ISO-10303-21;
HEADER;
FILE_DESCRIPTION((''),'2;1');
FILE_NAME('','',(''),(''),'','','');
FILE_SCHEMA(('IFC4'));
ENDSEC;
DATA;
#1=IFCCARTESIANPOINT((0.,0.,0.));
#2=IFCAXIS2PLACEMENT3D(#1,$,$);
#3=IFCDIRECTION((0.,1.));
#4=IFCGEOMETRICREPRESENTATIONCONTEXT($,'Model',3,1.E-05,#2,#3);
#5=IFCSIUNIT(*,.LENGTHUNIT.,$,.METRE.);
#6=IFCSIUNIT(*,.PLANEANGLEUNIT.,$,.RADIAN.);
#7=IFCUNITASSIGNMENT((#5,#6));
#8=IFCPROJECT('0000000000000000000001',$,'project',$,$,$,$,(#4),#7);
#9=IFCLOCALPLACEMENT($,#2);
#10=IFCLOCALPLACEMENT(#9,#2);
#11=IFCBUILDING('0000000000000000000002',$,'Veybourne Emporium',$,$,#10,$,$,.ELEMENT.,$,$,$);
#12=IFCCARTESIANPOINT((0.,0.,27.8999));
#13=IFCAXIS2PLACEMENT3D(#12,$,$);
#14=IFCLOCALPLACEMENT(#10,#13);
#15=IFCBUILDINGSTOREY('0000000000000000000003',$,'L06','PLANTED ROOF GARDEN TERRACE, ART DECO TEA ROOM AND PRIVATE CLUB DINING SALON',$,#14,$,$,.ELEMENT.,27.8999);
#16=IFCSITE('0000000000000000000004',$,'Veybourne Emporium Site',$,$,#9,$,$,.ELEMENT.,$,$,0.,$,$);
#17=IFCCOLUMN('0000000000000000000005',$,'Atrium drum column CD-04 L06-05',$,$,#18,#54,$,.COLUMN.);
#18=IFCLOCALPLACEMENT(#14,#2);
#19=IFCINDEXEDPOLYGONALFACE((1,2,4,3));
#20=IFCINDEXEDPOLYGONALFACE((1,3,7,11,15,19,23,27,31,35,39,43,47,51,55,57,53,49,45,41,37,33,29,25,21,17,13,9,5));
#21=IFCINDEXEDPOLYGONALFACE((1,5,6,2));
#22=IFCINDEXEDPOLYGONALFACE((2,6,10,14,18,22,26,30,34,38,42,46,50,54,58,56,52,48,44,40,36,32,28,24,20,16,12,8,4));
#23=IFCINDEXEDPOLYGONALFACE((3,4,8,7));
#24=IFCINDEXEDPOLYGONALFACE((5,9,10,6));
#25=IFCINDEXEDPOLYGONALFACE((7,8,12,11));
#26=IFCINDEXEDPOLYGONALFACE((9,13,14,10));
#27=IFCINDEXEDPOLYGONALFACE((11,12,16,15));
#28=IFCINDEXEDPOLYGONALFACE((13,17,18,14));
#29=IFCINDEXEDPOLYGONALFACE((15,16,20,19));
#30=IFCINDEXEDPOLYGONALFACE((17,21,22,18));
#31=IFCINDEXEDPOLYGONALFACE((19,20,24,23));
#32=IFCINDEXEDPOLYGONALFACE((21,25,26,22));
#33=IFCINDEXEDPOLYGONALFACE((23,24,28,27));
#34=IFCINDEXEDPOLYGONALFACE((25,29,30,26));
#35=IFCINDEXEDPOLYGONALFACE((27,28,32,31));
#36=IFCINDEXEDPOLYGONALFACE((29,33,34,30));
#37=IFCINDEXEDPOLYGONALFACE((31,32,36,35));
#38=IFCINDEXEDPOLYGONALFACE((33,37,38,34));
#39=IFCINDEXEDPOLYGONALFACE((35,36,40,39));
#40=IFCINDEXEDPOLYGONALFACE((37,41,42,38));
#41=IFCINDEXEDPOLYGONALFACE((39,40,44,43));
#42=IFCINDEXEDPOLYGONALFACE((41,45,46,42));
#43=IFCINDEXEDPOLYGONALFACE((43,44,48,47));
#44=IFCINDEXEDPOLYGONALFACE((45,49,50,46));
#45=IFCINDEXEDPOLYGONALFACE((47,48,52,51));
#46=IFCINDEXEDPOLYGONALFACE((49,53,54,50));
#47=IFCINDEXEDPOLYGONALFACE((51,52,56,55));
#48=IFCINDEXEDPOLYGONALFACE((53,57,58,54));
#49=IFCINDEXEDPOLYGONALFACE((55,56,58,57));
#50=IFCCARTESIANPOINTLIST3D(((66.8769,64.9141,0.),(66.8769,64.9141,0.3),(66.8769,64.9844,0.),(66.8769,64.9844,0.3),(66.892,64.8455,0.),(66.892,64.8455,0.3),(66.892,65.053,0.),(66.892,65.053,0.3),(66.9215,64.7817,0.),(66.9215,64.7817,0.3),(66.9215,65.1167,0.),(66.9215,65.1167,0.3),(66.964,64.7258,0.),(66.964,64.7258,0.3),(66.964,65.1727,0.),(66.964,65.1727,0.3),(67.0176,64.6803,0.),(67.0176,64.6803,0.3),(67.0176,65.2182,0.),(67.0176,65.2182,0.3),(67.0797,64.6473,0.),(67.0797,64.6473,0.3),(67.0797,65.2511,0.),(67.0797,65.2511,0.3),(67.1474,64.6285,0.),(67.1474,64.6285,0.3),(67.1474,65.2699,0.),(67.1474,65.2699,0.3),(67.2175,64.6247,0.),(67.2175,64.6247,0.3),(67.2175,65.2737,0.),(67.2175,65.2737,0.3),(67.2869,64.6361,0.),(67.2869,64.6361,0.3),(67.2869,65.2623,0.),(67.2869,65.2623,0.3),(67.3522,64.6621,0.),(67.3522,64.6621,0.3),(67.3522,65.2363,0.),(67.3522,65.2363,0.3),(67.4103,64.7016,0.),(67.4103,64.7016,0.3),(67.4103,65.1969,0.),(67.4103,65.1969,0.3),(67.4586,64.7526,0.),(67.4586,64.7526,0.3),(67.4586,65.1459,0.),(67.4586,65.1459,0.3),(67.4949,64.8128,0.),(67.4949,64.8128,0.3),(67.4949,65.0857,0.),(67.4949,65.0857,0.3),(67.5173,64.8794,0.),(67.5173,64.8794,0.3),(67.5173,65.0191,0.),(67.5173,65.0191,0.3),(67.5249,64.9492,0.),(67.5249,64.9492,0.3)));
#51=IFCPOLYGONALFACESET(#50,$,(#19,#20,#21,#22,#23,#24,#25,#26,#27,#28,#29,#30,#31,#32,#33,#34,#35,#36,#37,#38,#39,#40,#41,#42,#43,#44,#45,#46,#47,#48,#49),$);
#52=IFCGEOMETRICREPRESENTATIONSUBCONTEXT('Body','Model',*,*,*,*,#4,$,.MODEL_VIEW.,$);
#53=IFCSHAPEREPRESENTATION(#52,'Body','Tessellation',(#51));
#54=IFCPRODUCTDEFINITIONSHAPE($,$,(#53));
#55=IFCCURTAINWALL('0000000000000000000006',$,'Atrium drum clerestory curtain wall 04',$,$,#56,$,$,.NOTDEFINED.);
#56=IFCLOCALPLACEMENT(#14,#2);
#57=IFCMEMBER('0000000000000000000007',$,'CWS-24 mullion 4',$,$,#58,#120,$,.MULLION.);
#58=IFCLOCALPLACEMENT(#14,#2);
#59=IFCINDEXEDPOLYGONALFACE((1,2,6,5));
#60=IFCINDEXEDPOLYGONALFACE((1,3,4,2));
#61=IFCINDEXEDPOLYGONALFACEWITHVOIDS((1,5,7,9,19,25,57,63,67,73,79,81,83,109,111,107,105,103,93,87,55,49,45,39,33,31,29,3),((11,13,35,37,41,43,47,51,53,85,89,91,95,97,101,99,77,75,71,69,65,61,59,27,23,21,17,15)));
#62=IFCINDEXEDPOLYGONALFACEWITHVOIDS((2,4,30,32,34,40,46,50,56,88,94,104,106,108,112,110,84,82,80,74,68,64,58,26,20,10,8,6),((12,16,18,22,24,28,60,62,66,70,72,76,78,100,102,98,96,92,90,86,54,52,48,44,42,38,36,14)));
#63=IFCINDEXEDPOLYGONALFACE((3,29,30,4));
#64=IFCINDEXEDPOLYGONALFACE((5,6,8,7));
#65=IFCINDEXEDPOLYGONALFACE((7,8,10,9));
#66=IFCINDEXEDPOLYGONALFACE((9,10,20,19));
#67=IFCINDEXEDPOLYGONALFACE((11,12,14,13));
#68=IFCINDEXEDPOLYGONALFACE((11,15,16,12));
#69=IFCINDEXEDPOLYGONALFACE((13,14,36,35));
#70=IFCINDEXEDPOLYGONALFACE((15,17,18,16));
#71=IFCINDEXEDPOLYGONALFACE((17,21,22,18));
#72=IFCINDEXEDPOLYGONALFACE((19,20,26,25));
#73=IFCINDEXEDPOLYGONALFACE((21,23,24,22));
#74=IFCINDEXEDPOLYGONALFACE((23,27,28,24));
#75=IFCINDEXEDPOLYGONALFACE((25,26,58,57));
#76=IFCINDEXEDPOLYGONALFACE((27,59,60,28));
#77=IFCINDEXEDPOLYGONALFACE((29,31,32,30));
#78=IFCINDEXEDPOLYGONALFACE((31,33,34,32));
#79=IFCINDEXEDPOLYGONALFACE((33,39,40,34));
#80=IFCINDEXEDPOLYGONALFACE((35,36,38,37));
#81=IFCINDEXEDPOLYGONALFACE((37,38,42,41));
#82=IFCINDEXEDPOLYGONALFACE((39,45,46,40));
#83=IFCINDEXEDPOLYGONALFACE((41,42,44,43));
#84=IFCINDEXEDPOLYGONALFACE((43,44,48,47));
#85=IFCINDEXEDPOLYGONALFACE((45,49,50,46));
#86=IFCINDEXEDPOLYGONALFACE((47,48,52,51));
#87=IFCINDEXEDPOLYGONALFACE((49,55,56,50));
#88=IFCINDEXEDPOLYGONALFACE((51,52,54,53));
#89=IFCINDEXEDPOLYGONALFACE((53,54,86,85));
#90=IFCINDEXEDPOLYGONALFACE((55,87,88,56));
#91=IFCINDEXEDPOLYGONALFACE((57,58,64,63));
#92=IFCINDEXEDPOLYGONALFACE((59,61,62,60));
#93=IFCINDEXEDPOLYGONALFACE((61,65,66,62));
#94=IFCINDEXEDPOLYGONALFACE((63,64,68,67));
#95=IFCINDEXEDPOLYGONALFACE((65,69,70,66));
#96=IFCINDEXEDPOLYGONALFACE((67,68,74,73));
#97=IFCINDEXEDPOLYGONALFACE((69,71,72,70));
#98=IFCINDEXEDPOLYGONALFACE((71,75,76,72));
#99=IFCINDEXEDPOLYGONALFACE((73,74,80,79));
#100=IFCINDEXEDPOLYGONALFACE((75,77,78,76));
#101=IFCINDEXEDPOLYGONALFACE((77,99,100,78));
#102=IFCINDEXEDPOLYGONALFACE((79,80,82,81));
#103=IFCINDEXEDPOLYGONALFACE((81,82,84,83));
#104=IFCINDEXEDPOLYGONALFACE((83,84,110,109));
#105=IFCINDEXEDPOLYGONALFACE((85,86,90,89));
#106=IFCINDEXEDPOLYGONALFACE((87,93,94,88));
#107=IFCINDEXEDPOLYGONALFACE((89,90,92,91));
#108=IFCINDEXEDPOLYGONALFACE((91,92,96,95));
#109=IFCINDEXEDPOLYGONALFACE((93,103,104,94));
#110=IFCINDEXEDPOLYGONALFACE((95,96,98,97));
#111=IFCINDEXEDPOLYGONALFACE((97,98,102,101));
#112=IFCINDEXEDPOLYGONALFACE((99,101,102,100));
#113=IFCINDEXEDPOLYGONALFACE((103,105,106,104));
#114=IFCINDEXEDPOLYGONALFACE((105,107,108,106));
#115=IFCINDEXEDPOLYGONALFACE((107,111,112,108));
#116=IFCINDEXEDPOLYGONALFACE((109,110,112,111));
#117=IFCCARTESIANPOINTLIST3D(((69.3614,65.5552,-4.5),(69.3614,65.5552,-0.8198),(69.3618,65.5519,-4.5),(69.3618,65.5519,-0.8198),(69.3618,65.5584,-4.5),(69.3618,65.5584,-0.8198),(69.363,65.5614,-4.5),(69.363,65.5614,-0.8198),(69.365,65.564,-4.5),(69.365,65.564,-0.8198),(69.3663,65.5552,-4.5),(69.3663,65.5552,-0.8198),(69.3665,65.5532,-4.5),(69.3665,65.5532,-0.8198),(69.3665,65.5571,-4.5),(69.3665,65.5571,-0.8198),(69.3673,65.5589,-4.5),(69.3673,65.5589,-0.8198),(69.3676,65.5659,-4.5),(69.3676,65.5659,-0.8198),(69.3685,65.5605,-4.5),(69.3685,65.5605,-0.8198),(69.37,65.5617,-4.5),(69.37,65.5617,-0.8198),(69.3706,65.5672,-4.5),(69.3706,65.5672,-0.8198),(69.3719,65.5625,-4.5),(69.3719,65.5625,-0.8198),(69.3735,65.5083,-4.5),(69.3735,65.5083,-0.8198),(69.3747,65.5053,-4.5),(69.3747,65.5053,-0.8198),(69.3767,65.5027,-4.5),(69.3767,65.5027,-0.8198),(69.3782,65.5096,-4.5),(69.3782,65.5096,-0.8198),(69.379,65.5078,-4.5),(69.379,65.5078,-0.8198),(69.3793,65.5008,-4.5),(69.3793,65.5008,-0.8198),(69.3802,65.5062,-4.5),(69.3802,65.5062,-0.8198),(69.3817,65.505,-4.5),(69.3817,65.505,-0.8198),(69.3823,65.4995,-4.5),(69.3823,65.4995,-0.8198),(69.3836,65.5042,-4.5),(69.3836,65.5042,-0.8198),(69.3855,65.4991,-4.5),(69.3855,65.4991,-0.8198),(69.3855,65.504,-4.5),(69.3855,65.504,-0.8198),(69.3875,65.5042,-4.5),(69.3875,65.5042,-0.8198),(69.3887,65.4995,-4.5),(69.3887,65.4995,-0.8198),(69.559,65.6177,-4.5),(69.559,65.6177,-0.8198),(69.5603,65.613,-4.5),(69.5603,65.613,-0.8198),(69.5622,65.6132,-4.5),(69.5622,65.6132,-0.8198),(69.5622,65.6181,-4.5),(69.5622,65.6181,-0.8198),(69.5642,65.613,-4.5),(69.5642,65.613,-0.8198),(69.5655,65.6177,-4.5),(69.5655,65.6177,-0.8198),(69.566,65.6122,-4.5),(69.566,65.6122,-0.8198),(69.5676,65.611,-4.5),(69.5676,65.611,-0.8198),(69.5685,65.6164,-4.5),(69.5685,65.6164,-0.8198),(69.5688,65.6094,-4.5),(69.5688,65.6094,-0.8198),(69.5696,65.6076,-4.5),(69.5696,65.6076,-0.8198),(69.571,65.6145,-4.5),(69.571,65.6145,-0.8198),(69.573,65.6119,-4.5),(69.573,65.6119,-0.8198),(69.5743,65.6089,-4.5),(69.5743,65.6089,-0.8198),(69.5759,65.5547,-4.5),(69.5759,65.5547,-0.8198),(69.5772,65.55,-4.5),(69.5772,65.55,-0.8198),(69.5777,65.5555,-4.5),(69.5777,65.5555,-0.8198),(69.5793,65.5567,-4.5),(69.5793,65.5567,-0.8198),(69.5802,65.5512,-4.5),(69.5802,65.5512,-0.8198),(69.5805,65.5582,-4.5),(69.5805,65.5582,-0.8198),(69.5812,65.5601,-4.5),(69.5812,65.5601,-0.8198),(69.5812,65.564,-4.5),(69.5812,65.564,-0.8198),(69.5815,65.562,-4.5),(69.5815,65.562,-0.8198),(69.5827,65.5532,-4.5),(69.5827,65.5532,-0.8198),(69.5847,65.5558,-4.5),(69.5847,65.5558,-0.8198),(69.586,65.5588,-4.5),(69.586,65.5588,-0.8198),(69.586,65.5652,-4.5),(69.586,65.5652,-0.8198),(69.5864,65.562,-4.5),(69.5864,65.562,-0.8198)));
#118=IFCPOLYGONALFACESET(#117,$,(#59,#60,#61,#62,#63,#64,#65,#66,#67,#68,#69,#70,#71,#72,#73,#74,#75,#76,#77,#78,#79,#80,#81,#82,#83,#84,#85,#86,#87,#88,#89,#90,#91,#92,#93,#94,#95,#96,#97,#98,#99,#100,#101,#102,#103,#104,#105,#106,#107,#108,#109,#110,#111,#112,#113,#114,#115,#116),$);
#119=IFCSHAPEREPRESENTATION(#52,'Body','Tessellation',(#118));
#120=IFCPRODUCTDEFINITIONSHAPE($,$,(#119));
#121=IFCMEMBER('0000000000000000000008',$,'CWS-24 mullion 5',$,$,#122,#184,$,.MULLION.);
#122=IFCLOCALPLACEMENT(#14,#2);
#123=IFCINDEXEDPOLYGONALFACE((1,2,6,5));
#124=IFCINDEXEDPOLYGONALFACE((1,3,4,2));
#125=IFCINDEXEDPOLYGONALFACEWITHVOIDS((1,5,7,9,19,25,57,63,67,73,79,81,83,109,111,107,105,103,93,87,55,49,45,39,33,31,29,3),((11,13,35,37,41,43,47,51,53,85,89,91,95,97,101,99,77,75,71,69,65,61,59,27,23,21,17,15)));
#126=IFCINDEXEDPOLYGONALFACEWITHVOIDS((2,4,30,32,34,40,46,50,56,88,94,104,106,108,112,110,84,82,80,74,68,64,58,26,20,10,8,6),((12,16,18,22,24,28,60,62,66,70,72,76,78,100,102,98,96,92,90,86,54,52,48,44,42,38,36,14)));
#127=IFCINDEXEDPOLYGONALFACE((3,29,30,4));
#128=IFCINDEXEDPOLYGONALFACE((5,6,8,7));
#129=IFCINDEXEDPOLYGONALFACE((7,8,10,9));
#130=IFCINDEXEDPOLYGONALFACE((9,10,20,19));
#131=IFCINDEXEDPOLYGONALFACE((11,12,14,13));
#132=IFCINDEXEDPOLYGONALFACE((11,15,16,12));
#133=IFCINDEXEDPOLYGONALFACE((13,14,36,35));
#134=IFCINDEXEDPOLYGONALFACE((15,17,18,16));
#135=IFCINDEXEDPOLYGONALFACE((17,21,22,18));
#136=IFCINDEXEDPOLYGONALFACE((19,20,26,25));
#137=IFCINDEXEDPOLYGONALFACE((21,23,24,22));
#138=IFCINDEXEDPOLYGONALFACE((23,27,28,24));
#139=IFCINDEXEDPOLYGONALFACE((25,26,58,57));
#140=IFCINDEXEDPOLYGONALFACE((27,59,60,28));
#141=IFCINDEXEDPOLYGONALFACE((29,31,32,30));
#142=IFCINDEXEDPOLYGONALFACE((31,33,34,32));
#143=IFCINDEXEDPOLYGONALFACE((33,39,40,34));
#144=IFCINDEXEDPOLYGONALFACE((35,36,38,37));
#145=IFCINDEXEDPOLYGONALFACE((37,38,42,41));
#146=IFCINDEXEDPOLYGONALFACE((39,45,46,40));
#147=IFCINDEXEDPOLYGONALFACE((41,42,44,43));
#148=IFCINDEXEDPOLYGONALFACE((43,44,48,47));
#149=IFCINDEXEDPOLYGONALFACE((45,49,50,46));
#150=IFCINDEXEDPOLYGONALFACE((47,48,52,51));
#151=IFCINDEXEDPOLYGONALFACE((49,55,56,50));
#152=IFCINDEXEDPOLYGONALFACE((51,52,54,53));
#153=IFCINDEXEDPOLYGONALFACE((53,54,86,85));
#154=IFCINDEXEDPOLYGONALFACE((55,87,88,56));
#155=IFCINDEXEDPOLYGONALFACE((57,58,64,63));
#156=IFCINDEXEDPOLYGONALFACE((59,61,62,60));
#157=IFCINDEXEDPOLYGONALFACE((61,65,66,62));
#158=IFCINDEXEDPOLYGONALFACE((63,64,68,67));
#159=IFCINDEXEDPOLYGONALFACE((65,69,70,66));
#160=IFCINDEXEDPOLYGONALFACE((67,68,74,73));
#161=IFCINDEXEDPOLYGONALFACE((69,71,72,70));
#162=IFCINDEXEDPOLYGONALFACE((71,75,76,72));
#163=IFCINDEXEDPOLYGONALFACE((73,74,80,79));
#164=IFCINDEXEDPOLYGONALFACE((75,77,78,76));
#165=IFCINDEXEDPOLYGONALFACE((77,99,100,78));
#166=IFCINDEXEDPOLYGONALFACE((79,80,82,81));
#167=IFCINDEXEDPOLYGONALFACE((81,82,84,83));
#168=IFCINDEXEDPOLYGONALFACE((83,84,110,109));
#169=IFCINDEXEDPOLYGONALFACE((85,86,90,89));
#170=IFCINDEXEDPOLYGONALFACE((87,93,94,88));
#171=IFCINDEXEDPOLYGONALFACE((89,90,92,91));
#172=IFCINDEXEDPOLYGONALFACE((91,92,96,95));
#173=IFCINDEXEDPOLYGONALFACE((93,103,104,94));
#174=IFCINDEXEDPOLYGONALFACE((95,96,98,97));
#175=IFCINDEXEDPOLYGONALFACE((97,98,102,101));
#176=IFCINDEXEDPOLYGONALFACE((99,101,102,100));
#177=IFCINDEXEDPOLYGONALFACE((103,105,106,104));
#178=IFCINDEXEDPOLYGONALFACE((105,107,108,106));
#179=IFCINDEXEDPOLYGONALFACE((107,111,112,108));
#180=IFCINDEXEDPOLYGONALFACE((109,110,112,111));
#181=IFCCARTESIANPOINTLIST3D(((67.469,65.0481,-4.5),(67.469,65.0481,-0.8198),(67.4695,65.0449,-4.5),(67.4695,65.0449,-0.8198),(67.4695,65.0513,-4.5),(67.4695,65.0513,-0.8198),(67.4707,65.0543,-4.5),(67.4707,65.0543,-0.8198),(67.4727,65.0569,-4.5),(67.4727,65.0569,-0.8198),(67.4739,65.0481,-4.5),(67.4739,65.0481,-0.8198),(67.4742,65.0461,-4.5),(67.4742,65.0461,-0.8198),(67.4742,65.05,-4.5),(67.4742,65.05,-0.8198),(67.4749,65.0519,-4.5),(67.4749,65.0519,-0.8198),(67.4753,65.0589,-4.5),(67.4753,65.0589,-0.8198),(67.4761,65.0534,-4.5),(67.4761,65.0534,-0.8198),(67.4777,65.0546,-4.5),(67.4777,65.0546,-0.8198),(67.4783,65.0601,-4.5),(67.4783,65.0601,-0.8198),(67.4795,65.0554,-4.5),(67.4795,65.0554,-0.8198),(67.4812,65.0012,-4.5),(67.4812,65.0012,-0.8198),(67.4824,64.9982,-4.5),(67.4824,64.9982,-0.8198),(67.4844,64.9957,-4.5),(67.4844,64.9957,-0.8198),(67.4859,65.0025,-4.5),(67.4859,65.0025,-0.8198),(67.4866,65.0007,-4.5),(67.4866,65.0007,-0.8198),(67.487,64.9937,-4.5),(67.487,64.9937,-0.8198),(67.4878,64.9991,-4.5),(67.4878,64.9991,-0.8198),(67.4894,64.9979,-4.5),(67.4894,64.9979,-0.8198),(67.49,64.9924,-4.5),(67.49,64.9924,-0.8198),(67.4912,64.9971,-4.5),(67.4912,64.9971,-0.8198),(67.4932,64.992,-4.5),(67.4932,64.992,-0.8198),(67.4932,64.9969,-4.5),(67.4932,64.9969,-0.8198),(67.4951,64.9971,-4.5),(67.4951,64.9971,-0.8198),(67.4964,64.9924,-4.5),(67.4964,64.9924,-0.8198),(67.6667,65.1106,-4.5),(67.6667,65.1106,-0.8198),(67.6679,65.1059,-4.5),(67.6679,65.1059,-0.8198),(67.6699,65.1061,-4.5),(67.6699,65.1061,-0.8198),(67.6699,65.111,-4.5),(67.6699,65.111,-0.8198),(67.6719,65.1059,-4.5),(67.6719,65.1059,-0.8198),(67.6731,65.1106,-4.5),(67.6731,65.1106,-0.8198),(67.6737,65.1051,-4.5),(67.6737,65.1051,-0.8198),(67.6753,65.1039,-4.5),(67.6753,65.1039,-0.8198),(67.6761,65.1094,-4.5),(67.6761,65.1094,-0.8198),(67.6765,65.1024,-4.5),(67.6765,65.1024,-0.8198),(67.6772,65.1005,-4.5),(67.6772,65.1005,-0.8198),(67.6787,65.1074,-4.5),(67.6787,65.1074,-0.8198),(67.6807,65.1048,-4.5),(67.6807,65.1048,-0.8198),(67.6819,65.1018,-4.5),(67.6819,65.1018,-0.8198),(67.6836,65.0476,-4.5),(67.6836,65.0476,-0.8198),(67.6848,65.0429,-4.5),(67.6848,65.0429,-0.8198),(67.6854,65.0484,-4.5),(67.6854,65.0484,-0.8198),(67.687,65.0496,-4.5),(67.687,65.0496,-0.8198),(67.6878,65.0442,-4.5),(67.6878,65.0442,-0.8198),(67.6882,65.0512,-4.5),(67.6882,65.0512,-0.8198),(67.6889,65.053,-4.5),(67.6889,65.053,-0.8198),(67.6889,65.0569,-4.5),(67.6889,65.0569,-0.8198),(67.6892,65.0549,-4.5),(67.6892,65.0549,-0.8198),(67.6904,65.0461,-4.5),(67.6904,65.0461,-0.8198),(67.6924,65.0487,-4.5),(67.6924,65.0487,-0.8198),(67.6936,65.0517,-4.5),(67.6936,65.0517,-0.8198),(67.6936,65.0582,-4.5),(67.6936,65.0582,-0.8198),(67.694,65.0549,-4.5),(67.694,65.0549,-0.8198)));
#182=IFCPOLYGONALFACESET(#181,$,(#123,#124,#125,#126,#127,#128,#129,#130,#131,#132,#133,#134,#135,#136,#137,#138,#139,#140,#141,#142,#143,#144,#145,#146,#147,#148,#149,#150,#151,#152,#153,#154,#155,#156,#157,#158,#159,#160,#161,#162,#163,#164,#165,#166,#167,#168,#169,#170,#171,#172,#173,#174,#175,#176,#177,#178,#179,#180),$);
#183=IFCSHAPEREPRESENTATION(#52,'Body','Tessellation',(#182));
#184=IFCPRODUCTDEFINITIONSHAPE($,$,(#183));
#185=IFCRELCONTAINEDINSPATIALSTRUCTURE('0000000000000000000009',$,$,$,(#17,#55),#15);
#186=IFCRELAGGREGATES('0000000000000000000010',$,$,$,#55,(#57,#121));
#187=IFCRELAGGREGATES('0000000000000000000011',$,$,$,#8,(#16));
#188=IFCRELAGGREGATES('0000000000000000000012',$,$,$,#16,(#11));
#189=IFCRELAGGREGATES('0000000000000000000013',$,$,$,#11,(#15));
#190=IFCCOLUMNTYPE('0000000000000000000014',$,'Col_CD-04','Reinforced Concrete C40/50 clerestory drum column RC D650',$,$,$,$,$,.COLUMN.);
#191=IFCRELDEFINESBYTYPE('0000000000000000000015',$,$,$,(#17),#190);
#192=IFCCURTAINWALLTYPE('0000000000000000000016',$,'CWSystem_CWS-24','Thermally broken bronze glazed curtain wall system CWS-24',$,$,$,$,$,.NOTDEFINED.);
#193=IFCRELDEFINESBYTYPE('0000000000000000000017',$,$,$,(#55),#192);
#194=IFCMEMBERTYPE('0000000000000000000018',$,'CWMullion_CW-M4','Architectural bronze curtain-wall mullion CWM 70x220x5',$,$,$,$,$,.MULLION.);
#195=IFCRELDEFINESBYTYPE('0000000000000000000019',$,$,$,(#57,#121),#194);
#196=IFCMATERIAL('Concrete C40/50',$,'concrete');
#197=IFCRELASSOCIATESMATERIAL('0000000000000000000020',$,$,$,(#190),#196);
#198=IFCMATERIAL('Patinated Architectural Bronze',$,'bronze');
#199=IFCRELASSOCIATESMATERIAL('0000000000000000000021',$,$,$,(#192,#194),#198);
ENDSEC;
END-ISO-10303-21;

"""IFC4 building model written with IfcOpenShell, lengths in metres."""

from ifc_helpers import new_model, si_unit, direction, frame, origin, origin_2d, place, context, subcontext, project, spatial, hollow_rectangle, circle, extrude, material, material_profile, profile_set, type_object, element, aggregate, save


model = new_model("IFC4")

# Units and contexts
model_context = context("Model", 3, precision=1e-05, world=origin(), true_north=direction((0.0, 1.0)))
body_context = subcontext(model_context, "Body", "Model", "MODEL_VIEW")
ifc_project = project(units=[si_unit("LENGTHUNIT", "METRE"), si_unit("PLANEANGLEUNIT", "RADIAN")], contexts=[model_context])

# Site, building, storey
site_placement = place(None, origin())
site = spatial("IfcSite", under=ifc_project, at=site_placement, Name="Veybourne Emporium Site", CompositionType="ELEMENT", RefElevation=0.0)
building_placement = place(site_placement, origin())
building = spatial("IfcBuilding", under=site, at=building_placement, Name="Veybourne Emporium", CompositionType="ELEMENT")
storey_placement = place(building_placement, frame((0.0, 0.0, 27.8999)))
storey = spatial("IfcBuildingStorey", under=building, at=storey_placement, Name="L06", Description="PLANTED ROOF GARDEN TERRACE, ART DECO TEA ROOM AND PRIVATE CLUB DINING SALON", CompositionType="ELEMENT", Elevation=27.8999)

# Column
ifc_material_1 = material(Name="Concrete C40/50", Category="concrete")
ifc_material_profile_1 = material_profile(ifc_material_1, circle(Radius=0.325, at=origin_2d()), Name="RC D650")
ifc_profile_set_1 = profile_set([ifc_material_profile_1], Name="Concrete C40/50")
column_type = type_object("IfcColumnType", Name="Col_CD-04", Description="Reinforced Concrete C40/50 clerestory drum column RC D650", PredefinedType="COLUMN", material=ifc_profile_set_1)
column_placement = place(storey_placement, frame((67.2, 64.9492, 0.0), z_axis=(0.0, 0.0, 1.0), x_axis=(1.0, 0.0, 0.0)))
element("IfcColumn", 1, at=column_placement, inside=storey, type_object=column_type, Name="Atrium drum column CD-04 L06-05", PredefinedType="COLUMN", context=body_context, shape_type="SweptSolid", body=[
    extrude(circle(Radius=0.325, at=origin_2d()), origin(), (0.0, 0.0, 1.0), 0.3),
])

# Curtain wall, members
ifc_material_2 = material(Name="Patinated Architectural Bronze", Category="bronze")
curtain_wall_type_1 = type_object("IfcCurtainWallType", Name="CWSystem_CWS-24", Description="Thermally broken bronze glazed curtain wall system CWS-24", PredefinedType="NOTDEFINED", material=ifc_material_2)
curtain_wall_1_placement = place(storey_placement, origin())
curtain_wall_1 = element("IfcCurtainWall", 2, at=curtain_wall_1_placement, inside=storey, type_object=curtain_wall_type_1, Name="Atrium drum clerestory curtain wall 04", PredefinedType="NOTDEFINED")
ifc_material_profile_2 = material_profile(ifc_material_2, hollow_rectangle(XDim=0.0701, YDim=0.22, WallThickness=0.0049, InnerFilletRadius=0.0076, OuterFilletRadius=0.0125, at=origin_2d()), Name="CWM 70x220x5")
ifc_profile_set_2 = profile_set([ifc_material_profile_2], Name="Patinated Architectural Bronze")
member_type_1 = type_object("IfcMemberType", Name="CWMullion_CW-M4", Description="Architectural bronze curtain-wall mullion CWM 70x220x5", PredefinedType="MULLION", material=ifc_profile_set_2)
member_1_placement = place(storey_placement, frame((69.4739, 65.5586, -4.5), z_axis=(0.0, 0.0, 1.0), x_axis=(0.25882, -0.965926, 0.0)))
member_1 = element("IfcMember", 3, at=member_1_placement, type_object=member_type_1, Name="CWS-24 mullion 4", PredefinedType="MULLION", context=body_context, shape_type="SweptSolid", body=[
    extrude(hollow_rectangle(XDim=0.0701, YDim=0.22, WallThickness=0.0049, InnerFilletRadius=0.0076, OuterFilletRadius=0.0125, at=origin_2d()), origin(), (0.0, 0.0, 1.0), 3.6802),
])
member_2_placement = place(storey_placement, frame((67.5815, 65.0515, -4.5), z_axis=(0.0, 0.0, 1.0), x_axis=(0.25882, -0.965926, 0.0)))
member_2 = element("IfcMember", 4, at=member_2_placement, type_object=member_type_1, Name="CWS-24 mullion 5", PredefinedType="MULLION", context=body_context, shape_type="SweptSolid", body=[
    extrude(hollow_rectangle(XDim=0.0701, YDim=0.22, WallThickness=0.0049, InnerFilletRadius=0.0076, OuterFilletRadius=0.0125, at=origin_2d()), origin(), (0.0, 0.0, 1.0), 3.6802),
])

aggregate(curtain_wall_1, [member_1, member_2])

save(model, "model.ifc")
